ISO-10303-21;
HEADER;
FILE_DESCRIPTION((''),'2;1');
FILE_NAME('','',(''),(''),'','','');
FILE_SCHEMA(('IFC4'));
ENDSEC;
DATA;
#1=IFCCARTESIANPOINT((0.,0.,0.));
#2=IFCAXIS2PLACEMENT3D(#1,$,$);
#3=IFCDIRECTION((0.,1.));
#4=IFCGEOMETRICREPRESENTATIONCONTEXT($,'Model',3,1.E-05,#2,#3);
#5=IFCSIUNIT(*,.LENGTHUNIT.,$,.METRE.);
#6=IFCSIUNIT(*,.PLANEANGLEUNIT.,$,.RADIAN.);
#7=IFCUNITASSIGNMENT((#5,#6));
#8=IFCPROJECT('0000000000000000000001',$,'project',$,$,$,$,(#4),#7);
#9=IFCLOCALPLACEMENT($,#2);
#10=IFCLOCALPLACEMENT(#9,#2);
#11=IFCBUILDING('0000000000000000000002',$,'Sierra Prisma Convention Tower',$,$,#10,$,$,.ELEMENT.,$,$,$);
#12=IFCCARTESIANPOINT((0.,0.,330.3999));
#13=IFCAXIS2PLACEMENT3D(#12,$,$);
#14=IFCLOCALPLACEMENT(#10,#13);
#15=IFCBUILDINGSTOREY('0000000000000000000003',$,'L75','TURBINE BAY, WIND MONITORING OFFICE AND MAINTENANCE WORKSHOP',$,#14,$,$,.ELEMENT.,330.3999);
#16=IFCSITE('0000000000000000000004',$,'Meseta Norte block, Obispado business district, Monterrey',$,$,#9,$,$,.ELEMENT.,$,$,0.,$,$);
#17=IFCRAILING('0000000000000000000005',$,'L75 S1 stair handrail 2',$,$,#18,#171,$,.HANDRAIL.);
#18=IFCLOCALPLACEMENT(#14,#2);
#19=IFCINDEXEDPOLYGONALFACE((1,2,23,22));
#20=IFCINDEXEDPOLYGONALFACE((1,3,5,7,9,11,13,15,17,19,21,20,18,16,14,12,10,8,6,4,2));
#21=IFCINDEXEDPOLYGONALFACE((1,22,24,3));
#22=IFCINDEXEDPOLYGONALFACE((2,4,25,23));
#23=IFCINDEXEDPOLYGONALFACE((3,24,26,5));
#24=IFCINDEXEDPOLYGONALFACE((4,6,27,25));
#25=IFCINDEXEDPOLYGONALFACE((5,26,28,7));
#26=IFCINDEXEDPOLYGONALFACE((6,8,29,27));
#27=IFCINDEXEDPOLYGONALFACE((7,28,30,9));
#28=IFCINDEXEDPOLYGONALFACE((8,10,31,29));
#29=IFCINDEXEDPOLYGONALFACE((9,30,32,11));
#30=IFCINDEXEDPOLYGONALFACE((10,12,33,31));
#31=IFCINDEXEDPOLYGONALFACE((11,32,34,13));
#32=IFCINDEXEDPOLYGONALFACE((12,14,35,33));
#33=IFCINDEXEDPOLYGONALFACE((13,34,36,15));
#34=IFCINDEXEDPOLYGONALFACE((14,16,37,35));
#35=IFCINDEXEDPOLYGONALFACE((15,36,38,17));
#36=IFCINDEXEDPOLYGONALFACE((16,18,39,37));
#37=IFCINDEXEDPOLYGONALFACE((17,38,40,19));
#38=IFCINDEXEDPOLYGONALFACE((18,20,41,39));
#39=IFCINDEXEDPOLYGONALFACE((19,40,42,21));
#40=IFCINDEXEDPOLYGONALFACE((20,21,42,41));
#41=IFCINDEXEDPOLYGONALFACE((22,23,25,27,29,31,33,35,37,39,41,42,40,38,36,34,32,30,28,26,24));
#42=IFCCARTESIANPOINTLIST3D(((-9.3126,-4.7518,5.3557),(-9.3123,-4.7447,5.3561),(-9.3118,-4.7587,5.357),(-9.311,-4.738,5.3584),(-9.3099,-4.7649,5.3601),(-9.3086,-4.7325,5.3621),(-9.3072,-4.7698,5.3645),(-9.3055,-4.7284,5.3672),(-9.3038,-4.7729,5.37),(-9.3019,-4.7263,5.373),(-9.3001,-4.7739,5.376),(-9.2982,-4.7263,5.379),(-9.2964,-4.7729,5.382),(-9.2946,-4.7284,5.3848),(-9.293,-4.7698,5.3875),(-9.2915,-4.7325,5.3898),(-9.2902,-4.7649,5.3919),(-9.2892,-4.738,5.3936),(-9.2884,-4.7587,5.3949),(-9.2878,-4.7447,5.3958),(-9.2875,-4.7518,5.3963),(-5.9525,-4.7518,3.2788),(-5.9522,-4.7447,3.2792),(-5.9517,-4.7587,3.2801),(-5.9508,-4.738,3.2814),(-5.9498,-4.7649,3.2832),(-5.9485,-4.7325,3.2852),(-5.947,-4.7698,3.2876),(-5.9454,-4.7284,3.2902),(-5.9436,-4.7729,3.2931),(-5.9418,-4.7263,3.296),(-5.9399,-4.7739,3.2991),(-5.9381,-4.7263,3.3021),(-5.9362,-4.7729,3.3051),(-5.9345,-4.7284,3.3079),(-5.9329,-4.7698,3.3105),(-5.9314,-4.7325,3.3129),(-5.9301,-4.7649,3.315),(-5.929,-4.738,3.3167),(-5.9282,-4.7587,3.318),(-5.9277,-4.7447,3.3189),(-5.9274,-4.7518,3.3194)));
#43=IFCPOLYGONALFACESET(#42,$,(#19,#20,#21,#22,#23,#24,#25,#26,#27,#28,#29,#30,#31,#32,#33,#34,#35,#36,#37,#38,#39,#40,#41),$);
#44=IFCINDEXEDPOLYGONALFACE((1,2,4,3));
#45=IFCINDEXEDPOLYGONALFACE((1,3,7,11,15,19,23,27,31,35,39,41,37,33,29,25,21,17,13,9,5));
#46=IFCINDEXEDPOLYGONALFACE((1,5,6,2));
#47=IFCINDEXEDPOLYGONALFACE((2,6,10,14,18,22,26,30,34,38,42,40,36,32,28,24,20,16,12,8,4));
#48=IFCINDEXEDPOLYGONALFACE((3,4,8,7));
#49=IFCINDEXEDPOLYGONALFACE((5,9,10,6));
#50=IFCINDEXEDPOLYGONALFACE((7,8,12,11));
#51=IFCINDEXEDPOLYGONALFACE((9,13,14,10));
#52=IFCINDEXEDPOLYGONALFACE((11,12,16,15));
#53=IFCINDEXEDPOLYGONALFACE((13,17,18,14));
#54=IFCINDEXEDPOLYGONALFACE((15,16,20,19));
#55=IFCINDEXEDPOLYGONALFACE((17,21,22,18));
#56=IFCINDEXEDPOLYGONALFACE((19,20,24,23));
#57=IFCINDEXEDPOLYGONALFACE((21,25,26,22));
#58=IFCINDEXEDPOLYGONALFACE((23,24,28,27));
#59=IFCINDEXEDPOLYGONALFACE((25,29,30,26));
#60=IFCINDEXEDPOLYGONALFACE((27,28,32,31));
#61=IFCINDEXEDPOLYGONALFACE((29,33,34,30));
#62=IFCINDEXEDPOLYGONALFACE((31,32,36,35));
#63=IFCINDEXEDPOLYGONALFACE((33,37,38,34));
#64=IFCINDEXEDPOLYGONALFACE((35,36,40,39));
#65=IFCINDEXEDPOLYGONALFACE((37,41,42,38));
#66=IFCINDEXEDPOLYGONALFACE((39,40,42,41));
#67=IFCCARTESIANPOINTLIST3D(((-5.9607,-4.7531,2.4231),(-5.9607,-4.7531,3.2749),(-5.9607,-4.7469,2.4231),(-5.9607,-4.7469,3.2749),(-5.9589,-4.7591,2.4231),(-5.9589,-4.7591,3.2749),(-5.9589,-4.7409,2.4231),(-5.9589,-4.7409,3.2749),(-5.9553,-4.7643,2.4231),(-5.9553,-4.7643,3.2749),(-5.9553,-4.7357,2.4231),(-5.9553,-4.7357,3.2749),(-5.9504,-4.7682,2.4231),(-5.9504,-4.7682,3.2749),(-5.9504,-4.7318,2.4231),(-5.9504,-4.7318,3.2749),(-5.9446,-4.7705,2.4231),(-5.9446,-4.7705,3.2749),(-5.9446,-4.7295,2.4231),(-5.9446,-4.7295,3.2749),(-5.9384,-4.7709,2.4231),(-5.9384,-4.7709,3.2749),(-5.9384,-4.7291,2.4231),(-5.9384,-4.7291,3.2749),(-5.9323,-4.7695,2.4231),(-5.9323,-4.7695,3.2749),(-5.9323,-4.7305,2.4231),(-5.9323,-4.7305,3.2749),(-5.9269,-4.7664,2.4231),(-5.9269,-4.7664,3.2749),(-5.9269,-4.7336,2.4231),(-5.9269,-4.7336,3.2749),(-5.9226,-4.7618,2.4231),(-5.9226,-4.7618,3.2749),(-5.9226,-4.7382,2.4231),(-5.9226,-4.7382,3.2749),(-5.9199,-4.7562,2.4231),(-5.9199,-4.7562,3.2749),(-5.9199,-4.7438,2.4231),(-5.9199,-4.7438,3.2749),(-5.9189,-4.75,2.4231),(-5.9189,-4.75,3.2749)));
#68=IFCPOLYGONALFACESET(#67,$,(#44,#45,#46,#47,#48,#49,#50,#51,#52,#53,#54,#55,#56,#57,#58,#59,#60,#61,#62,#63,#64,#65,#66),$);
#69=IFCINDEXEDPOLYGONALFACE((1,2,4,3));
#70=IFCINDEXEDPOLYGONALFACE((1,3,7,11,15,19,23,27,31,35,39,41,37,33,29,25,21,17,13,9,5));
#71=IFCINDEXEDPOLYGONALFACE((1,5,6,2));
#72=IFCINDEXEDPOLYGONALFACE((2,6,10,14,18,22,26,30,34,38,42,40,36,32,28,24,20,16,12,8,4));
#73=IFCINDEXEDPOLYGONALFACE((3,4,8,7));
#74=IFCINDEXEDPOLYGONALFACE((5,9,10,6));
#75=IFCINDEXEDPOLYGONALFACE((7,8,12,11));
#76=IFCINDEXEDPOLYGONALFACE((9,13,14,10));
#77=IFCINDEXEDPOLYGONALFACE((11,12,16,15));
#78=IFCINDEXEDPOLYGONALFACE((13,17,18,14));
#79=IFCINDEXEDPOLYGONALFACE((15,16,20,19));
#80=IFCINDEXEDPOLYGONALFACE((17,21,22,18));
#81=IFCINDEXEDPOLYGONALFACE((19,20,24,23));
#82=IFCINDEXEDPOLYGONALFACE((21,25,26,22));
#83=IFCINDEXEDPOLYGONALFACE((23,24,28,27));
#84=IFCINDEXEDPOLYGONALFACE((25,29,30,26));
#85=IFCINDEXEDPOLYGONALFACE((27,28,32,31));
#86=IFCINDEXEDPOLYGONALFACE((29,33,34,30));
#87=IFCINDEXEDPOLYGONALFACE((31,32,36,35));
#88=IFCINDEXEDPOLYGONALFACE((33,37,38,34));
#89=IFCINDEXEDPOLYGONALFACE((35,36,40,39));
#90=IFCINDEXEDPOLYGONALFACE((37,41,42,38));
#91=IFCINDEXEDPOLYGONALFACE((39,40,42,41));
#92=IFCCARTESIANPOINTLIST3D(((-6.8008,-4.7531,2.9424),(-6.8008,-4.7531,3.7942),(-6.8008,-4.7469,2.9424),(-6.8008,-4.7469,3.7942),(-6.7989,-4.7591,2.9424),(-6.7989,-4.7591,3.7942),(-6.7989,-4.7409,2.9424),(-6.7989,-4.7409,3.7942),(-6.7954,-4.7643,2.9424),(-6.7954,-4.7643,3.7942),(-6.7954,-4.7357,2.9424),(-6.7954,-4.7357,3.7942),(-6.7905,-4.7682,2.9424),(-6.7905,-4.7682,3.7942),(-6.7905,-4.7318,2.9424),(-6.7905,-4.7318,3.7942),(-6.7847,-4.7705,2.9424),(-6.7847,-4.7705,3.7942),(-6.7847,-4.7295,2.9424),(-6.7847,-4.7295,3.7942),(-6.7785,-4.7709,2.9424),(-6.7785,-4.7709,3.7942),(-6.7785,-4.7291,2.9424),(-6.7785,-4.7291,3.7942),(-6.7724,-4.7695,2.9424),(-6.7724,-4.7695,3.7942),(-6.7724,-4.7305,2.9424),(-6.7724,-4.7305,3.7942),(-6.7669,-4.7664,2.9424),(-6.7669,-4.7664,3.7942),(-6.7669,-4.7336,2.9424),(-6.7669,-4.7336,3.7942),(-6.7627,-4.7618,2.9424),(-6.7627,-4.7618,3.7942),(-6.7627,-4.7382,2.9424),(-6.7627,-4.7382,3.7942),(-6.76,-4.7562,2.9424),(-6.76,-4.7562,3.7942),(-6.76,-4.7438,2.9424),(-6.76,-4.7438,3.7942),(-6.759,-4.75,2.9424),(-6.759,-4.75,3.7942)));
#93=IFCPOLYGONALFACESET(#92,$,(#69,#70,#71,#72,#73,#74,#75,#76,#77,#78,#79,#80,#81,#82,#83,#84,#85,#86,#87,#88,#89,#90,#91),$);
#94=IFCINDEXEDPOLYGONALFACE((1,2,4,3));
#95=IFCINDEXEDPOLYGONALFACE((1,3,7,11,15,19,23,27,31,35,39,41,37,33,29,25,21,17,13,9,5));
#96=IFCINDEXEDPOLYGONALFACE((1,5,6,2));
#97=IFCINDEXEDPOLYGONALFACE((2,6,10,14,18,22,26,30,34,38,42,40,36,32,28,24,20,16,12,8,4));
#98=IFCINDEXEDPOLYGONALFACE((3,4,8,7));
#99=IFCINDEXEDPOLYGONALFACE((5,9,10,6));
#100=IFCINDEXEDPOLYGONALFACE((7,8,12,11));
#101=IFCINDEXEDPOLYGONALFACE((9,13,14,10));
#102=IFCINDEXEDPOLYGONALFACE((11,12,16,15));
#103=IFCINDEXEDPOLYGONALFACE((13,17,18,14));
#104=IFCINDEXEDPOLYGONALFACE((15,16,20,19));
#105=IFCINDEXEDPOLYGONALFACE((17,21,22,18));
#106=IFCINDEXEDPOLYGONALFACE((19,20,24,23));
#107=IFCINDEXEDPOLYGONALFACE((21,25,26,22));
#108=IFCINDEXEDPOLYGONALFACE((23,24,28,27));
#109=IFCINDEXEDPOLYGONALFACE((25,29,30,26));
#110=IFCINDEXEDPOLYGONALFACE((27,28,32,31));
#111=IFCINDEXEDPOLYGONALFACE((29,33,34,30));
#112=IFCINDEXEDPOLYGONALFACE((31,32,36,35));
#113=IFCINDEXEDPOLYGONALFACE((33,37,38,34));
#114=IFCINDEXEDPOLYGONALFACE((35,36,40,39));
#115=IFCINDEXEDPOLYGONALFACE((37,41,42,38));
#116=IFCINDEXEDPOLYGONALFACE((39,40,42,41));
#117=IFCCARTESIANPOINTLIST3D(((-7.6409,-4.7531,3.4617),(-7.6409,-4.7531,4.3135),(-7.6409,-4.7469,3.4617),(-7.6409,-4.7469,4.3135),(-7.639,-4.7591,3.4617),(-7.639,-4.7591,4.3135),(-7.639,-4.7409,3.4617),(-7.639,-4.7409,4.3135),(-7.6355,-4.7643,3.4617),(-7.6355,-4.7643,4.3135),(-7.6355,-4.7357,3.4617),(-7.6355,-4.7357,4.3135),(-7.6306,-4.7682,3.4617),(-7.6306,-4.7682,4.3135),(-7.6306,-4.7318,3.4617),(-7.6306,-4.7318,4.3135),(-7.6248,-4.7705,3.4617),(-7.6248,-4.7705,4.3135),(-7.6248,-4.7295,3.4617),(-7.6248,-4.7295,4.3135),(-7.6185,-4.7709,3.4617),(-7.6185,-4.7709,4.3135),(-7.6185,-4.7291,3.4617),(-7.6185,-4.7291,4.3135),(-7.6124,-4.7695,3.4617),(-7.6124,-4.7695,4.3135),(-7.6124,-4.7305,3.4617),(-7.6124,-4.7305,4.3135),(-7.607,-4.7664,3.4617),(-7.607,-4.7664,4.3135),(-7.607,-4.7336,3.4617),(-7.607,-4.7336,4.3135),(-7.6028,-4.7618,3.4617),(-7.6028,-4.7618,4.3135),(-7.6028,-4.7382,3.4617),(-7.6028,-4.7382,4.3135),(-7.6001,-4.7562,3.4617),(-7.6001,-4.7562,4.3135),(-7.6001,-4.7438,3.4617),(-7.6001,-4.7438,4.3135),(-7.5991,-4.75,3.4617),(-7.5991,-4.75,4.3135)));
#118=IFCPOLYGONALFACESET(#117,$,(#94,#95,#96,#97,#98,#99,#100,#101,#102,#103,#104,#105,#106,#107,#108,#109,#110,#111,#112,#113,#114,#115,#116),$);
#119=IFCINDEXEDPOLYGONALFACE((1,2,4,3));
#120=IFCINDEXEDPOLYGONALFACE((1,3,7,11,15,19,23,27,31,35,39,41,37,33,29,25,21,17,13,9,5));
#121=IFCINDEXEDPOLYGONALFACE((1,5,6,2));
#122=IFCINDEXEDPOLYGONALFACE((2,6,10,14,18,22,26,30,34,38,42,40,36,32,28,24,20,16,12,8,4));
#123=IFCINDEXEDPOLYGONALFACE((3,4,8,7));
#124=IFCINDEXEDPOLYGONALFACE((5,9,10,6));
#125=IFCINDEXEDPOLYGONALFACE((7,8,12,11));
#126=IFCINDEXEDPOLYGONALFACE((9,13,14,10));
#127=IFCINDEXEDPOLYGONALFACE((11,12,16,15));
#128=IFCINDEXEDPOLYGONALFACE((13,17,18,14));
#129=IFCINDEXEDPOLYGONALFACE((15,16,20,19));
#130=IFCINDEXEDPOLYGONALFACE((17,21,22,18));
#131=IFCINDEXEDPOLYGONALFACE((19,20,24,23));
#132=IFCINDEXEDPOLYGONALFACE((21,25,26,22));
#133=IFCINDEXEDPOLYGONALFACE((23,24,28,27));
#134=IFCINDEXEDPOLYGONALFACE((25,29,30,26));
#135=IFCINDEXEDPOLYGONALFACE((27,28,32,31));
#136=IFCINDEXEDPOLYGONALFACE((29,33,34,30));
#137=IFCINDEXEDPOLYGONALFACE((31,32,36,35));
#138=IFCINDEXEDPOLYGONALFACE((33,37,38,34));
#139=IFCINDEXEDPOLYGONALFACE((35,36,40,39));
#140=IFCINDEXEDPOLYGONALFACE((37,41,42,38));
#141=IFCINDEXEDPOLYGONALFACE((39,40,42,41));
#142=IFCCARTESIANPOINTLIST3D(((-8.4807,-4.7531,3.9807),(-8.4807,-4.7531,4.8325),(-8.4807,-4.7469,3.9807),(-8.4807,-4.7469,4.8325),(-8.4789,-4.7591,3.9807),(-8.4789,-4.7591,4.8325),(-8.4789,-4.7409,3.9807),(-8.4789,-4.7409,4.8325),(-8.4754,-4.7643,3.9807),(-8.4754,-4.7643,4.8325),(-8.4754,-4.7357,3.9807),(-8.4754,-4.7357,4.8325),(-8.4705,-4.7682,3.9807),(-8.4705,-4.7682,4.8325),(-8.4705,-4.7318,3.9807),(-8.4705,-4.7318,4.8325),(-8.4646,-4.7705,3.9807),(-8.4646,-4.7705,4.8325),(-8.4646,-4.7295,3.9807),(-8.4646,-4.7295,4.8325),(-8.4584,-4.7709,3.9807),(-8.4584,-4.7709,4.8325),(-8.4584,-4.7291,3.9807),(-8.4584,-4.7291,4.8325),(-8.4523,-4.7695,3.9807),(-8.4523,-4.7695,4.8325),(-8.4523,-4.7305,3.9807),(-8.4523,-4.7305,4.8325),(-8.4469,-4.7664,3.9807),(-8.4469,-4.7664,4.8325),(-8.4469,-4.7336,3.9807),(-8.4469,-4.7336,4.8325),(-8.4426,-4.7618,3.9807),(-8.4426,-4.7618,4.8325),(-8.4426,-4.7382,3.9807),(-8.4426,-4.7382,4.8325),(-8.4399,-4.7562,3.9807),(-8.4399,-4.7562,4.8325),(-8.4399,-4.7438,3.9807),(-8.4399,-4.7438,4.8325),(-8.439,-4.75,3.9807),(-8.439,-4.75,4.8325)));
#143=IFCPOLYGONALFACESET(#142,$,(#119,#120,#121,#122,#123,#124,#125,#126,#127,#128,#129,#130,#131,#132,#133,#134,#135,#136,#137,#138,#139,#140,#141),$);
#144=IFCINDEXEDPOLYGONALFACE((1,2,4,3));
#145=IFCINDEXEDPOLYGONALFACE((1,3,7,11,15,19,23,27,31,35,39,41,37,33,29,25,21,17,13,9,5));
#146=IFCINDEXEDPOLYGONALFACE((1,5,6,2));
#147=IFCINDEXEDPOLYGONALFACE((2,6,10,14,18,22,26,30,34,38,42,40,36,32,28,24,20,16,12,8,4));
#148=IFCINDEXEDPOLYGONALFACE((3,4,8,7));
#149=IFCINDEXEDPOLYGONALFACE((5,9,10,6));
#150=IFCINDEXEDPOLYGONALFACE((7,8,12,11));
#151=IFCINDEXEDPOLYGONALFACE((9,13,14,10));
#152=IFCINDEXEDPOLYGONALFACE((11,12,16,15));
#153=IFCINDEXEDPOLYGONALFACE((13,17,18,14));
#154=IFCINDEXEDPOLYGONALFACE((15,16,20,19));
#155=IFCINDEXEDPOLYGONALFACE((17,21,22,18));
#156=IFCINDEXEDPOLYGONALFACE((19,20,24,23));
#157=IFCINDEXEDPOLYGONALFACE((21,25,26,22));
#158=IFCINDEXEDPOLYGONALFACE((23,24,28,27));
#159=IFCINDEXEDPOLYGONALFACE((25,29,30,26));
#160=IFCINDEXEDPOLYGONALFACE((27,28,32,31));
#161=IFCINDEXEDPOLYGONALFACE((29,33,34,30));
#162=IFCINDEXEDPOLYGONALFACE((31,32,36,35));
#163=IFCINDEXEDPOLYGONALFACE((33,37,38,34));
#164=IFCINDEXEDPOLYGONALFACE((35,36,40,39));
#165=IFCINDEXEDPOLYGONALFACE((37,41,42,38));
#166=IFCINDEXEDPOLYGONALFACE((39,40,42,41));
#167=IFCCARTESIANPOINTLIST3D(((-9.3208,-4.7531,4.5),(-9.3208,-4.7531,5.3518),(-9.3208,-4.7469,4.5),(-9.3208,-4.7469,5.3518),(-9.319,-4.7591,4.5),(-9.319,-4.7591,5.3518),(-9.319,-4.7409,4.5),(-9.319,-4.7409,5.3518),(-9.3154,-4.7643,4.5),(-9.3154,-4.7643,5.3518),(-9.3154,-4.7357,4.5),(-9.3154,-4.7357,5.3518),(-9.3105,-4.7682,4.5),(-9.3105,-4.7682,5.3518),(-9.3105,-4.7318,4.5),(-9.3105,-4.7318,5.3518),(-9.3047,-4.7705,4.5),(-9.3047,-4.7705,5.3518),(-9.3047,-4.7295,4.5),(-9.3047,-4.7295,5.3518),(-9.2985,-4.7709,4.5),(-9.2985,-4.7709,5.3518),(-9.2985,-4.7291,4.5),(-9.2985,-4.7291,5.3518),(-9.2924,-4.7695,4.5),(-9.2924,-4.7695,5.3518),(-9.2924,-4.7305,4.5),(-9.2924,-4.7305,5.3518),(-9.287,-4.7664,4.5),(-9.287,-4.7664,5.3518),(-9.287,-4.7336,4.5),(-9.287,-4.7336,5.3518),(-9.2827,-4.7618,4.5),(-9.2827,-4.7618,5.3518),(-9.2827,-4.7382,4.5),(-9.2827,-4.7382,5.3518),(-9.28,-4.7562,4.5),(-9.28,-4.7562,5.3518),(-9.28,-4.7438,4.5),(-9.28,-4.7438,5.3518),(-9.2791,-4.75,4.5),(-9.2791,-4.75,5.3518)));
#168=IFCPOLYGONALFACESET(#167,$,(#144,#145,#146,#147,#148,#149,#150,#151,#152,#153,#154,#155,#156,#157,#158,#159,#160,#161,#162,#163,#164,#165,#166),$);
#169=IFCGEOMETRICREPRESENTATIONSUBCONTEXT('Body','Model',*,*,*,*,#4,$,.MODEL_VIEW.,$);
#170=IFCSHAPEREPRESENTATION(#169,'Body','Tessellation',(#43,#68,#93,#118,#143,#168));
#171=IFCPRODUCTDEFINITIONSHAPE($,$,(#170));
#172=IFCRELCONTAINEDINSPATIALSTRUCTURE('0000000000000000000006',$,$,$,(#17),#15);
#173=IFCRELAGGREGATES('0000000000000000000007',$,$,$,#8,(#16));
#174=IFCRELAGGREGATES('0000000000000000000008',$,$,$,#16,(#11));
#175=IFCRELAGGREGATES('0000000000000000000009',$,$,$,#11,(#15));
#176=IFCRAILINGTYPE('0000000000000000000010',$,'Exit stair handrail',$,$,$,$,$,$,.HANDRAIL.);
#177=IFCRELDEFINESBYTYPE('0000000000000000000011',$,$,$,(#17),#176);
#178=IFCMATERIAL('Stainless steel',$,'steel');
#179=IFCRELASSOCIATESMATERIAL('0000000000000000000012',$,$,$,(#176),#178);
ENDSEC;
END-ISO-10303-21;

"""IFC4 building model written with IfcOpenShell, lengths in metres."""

from ifc_helpers import new_model, si_unit, direction, frame, origin, origin_2d, place, context, subcontext, project, spatial, circle, extrude, material, type_object, element, save


model = new_model("IFC4")

# Units and contexts
model_context = context("Model", 3, precision=1e-05, world=origin(), true_north=direction((0.0, 1.0)))
body_context = subcontext(model_context, "Body", "Model", "MODEL_VIEW")
ifc_project = project(units=[si_unit("LENGTHUNIT", "METRE"), si_unit("PLANEANGLEUNIT", "RADIAN")], contexts=[model_context])

# Site, building, storey
site_placement = place(None, origin())
site = spatial("IfcSite", under=ifc_project, at=site_placement, Name="Meseta Norte block, Obispado business district, Monterrey", CompositionType="ELEMENT", RefElevation=0.0)
building_placement = place(site_placement, origin())
building = spatial("IfcBuilding", under=site, at=building_placement, Name="Sierra Prisma Convention Tower", CompositionType="ELEMENT")
storey_placement = place(building_placement, frame((0.0, 0.0, 330.3999)))
storey = spatial("IfcBuildingStorey", under=building, at=storey_placement, Name="L75", Description="TURBINE BAY, WIND MONITORING OFFICE AND MAINTENANCE WORKSHOP", CompositionType="ELEMENT", Elevation=330.3999)

# Railing
ifc_material_1 = material(Name="Stainless steel", Category="steel")
railing_type_1 = type_object("IfcRailingType", Name="Exit stair handrail", PredefinedType="HANDRAIL", material=ifc_material_1)
for number, where, name in (
    (1, (-5.9399, -4.75, 2.4231), "L75 S1 stair handrail 2"),
):
    element("IfcRailing", number, at=place(storey_placement, frame(where)), inside=storey, type_object=railing_type_1, Name=name, PredefinedType="HANDRAIL", context=body_context, shape_type="SweptSolid", body=[
        extrude(circle(Radius=0.0239, at=origin_2d()), frame((0.0, 0.0, 0.876), z_axis=(-0.850623, 0.0, 0.525776), x_axis=(0.0, -1.0, 0.0)), (0.0, 0.0, 1.0), 3.9502),
        extrude(circle(Radius=0.021, at=origin_2d()), origin(), (0.0, 0.0, 1.0), 0.8518),
        extrude(circle(Radius=0.021, at=origin_2d()), frame((-0.8401, 0.0, 0.5193)), (0.0, 0.0, 1.0), 0.8518),
        extrude(circle(Radius=0.021, at=origin_2d()), frame((-1.6802, 0.0, 1.0386)), (0.0, 0.0, 1.0), 0.8518),
        extrude(circle(Radius=0.021, at=origin_2d()), frame((-2.52, 0.0, 1.5576)), (0.0, 0.0, 1.0), 0.8518),
        extrude(circle(Radius=0.021, at=origin_2d()), frame((-3.3601, 0.0, 2.0769)), (0.0, 0.0, 1.0), 0.8518),
    ])

save(model, "model.ifc")
